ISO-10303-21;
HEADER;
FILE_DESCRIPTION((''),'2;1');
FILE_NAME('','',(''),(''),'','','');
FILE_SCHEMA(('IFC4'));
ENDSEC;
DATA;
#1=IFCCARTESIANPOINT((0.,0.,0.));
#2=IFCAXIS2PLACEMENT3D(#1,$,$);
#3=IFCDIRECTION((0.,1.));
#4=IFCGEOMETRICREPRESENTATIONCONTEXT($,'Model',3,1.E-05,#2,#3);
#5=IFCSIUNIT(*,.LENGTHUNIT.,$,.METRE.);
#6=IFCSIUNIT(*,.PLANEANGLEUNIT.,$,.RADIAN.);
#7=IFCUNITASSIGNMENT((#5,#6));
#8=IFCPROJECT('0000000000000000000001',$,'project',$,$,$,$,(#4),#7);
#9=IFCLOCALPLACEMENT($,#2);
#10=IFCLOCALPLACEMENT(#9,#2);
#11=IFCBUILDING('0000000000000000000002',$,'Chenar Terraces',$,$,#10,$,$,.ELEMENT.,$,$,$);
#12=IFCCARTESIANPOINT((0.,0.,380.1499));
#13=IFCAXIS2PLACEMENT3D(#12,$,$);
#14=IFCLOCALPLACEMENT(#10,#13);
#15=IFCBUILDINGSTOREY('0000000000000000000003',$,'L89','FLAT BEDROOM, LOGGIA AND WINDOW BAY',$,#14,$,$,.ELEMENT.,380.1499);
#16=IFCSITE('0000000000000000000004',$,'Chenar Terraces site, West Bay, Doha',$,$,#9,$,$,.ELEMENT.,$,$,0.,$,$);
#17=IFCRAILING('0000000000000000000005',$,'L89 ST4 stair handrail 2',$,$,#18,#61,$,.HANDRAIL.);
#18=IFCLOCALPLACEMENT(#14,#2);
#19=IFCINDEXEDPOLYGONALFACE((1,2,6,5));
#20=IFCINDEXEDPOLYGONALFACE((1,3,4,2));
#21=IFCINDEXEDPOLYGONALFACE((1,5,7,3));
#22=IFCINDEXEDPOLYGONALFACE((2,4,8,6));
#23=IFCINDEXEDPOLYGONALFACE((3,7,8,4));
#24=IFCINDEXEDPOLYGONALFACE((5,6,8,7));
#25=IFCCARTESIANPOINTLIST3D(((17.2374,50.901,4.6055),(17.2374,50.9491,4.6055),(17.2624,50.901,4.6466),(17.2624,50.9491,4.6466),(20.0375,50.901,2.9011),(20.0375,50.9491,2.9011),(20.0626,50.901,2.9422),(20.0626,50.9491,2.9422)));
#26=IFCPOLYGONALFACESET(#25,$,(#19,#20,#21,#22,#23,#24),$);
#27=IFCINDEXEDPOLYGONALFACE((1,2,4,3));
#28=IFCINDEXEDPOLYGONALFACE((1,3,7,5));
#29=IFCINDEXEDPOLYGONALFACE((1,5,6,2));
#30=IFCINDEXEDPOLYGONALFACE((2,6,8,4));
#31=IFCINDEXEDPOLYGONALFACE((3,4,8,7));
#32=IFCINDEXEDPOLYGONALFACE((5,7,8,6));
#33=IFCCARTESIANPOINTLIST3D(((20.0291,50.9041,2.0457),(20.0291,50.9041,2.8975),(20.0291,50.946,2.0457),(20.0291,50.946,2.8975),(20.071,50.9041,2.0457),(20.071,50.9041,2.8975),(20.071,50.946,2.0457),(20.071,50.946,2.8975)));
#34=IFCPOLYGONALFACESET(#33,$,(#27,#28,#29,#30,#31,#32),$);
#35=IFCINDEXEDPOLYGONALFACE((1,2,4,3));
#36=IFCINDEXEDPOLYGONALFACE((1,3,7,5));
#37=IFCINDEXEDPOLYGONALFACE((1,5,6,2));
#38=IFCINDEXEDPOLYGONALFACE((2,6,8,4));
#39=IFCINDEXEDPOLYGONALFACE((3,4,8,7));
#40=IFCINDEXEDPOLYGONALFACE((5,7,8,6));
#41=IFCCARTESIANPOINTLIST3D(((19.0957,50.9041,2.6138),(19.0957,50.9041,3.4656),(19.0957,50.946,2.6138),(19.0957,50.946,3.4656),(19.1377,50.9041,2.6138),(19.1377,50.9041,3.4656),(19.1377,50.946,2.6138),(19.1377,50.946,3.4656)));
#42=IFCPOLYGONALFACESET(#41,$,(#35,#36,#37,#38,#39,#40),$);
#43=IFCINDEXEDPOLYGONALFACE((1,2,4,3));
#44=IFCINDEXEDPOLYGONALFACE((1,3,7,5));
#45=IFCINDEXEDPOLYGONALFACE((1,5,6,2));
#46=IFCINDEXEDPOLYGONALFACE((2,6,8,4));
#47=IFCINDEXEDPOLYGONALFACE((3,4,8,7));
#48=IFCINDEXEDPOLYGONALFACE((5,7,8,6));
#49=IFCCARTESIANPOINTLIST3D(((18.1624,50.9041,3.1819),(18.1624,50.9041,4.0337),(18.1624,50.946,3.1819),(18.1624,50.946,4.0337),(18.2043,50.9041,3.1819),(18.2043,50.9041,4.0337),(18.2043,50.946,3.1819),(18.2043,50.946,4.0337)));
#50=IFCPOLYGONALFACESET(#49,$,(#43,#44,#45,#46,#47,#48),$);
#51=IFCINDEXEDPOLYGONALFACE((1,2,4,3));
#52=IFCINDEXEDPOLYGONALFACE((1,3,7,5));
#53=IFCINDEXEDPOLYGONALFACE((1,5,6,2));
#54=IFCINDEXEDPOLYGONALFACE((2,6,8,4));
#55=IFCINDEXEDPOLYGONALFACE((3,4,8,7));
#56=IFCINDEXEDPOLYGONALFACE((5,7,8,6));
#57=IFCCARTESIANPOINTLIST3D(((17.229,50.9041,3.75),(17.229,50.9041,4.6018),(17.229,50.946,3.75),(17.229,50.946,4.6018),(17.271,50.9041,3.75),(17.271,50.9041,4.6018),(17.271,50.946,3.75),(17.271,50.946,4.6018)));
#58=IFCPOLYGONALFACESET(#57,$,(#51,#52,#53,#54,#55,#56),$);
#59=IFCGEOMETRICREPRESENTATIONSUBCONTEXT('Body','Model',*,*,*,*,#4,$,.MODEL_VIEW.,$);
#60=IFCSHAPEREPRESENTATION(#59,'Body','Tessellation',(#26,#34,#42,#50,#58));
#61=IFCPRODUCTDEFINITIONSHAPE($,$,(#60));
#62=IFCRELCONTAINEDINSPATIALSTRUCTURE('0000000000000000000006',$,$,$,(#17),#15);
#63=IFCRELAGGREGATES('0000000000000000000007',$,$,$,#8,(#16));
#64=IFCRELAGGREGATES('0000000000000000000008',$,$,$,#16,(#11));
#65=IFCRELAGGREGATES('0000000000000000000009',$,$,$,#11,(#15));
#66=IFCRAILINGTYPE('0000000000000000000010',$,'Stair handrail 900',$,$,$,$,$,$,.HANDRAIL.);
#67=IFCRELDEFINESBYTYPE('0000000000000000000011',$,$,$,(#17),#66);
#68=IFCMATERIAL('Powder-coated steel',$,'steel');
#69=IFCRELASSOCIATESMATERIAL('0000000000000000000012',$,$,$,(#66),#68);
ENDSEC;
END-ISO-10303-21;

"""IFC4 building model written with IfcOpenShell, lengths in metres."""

from ifc_helpers import new_model, si_unit, direction, frame, origin, origin_2d, place, context, subcontext, project, spatial, rectangle, extrude, material, type_object, element, save


model = new_model("IFC4")

# Units and contexts
model_context = context("Model", 3, precision=1e-05, world=origin(), true_north=direction((0.0, 1.0)))
body_context = subcontext(model_context, "Body", "Model", "MODEL_VIEW")
ifc_project = project(units=[si_unit("LENGTHUNIT", "METRE"), si_unit("PLANEANGLEUNIT", "RADIAN")], contexts=[model_context])

# Site, building, storey
site_placement = place(None, origin())
site = spatial("IfcSite", under=ifc_project, at=site_placement, Name="Chenar Terraces site, West Bay, Doha", CompositionType="ELEMENT", RefElevation=0.0)
building_placement = place(site_placement, origin())
building = spatial("IfcBuilding", under=site, at=building_placement, Name="Chenar Terraces", CompositionType="ELEMENT")
storey_placement = place(building_placement, frame((0.0, 0.0, 380.1499)))
storey = spatial("IfcBuildingStorey", under=building, at=storey_placement, Name="L89", Description="FLAT BEDROOM, LOGGIA AND WINDOW BAY", CompositionType="ELEMENT", Elevation=380.1499)

# Railing
ifc_material_1 = material(Name="Powder-coated steel", Category="steel")
railing_type_1 = type_object("IfcRailingType", Name="Stair handrail 900", PredefinedType="HANDRAIL", material=ifc_material_1)
railing_1_placement = place(storey_placement, frame((20.05, 50.925, 2.0457)))
element("IfcRailing", 1, at=railing_1_placement, inside=storey, type_object=railing_type_1, Name="L89 ST4 stair handrail 2", PredefinedType="HANDRAIL", context=body_context, shape_type="SweptSolid", body=[
    extrude(rectangle(XDim=0.0481, YDim=0.0481, at=origin_2d()), frame((0.0, 0.0, 0.876), z_axis=(-0.854203, 0.0, 0.51994), x_axis=(0.0, -1.0, 0.0)), (0.0, 0.0, 1.0), 3.2781),
    extrude(rectangle(XDim=0.042, YDim=0.042, at=origin_2d()), origin(), (0.0, 0.0, 1.0), 0.8518),
    extrude(rectangle(XDim=0.042, YDim=0.042, at=origin_2d()), frame((-0.9333, 0.0, 0.5681)), (0.0, 0.0, 1.0), 0.8518),
    extrude(rectangle(XDim=0.042, YDim=0.042, at=origin_2d()), frame((-1.8667, 0.0, 1.1362)), (0.0, 0.0, 1.0), 0.8518),
    extrude(rectangle(XDim=0.042, YDim=0.042, at=origin_2d()), frame((-2.8, 0.0, 1.7043)), (0.0, 0.0, 1.0), 0.8518),
])

save(model, "model.ifc")
